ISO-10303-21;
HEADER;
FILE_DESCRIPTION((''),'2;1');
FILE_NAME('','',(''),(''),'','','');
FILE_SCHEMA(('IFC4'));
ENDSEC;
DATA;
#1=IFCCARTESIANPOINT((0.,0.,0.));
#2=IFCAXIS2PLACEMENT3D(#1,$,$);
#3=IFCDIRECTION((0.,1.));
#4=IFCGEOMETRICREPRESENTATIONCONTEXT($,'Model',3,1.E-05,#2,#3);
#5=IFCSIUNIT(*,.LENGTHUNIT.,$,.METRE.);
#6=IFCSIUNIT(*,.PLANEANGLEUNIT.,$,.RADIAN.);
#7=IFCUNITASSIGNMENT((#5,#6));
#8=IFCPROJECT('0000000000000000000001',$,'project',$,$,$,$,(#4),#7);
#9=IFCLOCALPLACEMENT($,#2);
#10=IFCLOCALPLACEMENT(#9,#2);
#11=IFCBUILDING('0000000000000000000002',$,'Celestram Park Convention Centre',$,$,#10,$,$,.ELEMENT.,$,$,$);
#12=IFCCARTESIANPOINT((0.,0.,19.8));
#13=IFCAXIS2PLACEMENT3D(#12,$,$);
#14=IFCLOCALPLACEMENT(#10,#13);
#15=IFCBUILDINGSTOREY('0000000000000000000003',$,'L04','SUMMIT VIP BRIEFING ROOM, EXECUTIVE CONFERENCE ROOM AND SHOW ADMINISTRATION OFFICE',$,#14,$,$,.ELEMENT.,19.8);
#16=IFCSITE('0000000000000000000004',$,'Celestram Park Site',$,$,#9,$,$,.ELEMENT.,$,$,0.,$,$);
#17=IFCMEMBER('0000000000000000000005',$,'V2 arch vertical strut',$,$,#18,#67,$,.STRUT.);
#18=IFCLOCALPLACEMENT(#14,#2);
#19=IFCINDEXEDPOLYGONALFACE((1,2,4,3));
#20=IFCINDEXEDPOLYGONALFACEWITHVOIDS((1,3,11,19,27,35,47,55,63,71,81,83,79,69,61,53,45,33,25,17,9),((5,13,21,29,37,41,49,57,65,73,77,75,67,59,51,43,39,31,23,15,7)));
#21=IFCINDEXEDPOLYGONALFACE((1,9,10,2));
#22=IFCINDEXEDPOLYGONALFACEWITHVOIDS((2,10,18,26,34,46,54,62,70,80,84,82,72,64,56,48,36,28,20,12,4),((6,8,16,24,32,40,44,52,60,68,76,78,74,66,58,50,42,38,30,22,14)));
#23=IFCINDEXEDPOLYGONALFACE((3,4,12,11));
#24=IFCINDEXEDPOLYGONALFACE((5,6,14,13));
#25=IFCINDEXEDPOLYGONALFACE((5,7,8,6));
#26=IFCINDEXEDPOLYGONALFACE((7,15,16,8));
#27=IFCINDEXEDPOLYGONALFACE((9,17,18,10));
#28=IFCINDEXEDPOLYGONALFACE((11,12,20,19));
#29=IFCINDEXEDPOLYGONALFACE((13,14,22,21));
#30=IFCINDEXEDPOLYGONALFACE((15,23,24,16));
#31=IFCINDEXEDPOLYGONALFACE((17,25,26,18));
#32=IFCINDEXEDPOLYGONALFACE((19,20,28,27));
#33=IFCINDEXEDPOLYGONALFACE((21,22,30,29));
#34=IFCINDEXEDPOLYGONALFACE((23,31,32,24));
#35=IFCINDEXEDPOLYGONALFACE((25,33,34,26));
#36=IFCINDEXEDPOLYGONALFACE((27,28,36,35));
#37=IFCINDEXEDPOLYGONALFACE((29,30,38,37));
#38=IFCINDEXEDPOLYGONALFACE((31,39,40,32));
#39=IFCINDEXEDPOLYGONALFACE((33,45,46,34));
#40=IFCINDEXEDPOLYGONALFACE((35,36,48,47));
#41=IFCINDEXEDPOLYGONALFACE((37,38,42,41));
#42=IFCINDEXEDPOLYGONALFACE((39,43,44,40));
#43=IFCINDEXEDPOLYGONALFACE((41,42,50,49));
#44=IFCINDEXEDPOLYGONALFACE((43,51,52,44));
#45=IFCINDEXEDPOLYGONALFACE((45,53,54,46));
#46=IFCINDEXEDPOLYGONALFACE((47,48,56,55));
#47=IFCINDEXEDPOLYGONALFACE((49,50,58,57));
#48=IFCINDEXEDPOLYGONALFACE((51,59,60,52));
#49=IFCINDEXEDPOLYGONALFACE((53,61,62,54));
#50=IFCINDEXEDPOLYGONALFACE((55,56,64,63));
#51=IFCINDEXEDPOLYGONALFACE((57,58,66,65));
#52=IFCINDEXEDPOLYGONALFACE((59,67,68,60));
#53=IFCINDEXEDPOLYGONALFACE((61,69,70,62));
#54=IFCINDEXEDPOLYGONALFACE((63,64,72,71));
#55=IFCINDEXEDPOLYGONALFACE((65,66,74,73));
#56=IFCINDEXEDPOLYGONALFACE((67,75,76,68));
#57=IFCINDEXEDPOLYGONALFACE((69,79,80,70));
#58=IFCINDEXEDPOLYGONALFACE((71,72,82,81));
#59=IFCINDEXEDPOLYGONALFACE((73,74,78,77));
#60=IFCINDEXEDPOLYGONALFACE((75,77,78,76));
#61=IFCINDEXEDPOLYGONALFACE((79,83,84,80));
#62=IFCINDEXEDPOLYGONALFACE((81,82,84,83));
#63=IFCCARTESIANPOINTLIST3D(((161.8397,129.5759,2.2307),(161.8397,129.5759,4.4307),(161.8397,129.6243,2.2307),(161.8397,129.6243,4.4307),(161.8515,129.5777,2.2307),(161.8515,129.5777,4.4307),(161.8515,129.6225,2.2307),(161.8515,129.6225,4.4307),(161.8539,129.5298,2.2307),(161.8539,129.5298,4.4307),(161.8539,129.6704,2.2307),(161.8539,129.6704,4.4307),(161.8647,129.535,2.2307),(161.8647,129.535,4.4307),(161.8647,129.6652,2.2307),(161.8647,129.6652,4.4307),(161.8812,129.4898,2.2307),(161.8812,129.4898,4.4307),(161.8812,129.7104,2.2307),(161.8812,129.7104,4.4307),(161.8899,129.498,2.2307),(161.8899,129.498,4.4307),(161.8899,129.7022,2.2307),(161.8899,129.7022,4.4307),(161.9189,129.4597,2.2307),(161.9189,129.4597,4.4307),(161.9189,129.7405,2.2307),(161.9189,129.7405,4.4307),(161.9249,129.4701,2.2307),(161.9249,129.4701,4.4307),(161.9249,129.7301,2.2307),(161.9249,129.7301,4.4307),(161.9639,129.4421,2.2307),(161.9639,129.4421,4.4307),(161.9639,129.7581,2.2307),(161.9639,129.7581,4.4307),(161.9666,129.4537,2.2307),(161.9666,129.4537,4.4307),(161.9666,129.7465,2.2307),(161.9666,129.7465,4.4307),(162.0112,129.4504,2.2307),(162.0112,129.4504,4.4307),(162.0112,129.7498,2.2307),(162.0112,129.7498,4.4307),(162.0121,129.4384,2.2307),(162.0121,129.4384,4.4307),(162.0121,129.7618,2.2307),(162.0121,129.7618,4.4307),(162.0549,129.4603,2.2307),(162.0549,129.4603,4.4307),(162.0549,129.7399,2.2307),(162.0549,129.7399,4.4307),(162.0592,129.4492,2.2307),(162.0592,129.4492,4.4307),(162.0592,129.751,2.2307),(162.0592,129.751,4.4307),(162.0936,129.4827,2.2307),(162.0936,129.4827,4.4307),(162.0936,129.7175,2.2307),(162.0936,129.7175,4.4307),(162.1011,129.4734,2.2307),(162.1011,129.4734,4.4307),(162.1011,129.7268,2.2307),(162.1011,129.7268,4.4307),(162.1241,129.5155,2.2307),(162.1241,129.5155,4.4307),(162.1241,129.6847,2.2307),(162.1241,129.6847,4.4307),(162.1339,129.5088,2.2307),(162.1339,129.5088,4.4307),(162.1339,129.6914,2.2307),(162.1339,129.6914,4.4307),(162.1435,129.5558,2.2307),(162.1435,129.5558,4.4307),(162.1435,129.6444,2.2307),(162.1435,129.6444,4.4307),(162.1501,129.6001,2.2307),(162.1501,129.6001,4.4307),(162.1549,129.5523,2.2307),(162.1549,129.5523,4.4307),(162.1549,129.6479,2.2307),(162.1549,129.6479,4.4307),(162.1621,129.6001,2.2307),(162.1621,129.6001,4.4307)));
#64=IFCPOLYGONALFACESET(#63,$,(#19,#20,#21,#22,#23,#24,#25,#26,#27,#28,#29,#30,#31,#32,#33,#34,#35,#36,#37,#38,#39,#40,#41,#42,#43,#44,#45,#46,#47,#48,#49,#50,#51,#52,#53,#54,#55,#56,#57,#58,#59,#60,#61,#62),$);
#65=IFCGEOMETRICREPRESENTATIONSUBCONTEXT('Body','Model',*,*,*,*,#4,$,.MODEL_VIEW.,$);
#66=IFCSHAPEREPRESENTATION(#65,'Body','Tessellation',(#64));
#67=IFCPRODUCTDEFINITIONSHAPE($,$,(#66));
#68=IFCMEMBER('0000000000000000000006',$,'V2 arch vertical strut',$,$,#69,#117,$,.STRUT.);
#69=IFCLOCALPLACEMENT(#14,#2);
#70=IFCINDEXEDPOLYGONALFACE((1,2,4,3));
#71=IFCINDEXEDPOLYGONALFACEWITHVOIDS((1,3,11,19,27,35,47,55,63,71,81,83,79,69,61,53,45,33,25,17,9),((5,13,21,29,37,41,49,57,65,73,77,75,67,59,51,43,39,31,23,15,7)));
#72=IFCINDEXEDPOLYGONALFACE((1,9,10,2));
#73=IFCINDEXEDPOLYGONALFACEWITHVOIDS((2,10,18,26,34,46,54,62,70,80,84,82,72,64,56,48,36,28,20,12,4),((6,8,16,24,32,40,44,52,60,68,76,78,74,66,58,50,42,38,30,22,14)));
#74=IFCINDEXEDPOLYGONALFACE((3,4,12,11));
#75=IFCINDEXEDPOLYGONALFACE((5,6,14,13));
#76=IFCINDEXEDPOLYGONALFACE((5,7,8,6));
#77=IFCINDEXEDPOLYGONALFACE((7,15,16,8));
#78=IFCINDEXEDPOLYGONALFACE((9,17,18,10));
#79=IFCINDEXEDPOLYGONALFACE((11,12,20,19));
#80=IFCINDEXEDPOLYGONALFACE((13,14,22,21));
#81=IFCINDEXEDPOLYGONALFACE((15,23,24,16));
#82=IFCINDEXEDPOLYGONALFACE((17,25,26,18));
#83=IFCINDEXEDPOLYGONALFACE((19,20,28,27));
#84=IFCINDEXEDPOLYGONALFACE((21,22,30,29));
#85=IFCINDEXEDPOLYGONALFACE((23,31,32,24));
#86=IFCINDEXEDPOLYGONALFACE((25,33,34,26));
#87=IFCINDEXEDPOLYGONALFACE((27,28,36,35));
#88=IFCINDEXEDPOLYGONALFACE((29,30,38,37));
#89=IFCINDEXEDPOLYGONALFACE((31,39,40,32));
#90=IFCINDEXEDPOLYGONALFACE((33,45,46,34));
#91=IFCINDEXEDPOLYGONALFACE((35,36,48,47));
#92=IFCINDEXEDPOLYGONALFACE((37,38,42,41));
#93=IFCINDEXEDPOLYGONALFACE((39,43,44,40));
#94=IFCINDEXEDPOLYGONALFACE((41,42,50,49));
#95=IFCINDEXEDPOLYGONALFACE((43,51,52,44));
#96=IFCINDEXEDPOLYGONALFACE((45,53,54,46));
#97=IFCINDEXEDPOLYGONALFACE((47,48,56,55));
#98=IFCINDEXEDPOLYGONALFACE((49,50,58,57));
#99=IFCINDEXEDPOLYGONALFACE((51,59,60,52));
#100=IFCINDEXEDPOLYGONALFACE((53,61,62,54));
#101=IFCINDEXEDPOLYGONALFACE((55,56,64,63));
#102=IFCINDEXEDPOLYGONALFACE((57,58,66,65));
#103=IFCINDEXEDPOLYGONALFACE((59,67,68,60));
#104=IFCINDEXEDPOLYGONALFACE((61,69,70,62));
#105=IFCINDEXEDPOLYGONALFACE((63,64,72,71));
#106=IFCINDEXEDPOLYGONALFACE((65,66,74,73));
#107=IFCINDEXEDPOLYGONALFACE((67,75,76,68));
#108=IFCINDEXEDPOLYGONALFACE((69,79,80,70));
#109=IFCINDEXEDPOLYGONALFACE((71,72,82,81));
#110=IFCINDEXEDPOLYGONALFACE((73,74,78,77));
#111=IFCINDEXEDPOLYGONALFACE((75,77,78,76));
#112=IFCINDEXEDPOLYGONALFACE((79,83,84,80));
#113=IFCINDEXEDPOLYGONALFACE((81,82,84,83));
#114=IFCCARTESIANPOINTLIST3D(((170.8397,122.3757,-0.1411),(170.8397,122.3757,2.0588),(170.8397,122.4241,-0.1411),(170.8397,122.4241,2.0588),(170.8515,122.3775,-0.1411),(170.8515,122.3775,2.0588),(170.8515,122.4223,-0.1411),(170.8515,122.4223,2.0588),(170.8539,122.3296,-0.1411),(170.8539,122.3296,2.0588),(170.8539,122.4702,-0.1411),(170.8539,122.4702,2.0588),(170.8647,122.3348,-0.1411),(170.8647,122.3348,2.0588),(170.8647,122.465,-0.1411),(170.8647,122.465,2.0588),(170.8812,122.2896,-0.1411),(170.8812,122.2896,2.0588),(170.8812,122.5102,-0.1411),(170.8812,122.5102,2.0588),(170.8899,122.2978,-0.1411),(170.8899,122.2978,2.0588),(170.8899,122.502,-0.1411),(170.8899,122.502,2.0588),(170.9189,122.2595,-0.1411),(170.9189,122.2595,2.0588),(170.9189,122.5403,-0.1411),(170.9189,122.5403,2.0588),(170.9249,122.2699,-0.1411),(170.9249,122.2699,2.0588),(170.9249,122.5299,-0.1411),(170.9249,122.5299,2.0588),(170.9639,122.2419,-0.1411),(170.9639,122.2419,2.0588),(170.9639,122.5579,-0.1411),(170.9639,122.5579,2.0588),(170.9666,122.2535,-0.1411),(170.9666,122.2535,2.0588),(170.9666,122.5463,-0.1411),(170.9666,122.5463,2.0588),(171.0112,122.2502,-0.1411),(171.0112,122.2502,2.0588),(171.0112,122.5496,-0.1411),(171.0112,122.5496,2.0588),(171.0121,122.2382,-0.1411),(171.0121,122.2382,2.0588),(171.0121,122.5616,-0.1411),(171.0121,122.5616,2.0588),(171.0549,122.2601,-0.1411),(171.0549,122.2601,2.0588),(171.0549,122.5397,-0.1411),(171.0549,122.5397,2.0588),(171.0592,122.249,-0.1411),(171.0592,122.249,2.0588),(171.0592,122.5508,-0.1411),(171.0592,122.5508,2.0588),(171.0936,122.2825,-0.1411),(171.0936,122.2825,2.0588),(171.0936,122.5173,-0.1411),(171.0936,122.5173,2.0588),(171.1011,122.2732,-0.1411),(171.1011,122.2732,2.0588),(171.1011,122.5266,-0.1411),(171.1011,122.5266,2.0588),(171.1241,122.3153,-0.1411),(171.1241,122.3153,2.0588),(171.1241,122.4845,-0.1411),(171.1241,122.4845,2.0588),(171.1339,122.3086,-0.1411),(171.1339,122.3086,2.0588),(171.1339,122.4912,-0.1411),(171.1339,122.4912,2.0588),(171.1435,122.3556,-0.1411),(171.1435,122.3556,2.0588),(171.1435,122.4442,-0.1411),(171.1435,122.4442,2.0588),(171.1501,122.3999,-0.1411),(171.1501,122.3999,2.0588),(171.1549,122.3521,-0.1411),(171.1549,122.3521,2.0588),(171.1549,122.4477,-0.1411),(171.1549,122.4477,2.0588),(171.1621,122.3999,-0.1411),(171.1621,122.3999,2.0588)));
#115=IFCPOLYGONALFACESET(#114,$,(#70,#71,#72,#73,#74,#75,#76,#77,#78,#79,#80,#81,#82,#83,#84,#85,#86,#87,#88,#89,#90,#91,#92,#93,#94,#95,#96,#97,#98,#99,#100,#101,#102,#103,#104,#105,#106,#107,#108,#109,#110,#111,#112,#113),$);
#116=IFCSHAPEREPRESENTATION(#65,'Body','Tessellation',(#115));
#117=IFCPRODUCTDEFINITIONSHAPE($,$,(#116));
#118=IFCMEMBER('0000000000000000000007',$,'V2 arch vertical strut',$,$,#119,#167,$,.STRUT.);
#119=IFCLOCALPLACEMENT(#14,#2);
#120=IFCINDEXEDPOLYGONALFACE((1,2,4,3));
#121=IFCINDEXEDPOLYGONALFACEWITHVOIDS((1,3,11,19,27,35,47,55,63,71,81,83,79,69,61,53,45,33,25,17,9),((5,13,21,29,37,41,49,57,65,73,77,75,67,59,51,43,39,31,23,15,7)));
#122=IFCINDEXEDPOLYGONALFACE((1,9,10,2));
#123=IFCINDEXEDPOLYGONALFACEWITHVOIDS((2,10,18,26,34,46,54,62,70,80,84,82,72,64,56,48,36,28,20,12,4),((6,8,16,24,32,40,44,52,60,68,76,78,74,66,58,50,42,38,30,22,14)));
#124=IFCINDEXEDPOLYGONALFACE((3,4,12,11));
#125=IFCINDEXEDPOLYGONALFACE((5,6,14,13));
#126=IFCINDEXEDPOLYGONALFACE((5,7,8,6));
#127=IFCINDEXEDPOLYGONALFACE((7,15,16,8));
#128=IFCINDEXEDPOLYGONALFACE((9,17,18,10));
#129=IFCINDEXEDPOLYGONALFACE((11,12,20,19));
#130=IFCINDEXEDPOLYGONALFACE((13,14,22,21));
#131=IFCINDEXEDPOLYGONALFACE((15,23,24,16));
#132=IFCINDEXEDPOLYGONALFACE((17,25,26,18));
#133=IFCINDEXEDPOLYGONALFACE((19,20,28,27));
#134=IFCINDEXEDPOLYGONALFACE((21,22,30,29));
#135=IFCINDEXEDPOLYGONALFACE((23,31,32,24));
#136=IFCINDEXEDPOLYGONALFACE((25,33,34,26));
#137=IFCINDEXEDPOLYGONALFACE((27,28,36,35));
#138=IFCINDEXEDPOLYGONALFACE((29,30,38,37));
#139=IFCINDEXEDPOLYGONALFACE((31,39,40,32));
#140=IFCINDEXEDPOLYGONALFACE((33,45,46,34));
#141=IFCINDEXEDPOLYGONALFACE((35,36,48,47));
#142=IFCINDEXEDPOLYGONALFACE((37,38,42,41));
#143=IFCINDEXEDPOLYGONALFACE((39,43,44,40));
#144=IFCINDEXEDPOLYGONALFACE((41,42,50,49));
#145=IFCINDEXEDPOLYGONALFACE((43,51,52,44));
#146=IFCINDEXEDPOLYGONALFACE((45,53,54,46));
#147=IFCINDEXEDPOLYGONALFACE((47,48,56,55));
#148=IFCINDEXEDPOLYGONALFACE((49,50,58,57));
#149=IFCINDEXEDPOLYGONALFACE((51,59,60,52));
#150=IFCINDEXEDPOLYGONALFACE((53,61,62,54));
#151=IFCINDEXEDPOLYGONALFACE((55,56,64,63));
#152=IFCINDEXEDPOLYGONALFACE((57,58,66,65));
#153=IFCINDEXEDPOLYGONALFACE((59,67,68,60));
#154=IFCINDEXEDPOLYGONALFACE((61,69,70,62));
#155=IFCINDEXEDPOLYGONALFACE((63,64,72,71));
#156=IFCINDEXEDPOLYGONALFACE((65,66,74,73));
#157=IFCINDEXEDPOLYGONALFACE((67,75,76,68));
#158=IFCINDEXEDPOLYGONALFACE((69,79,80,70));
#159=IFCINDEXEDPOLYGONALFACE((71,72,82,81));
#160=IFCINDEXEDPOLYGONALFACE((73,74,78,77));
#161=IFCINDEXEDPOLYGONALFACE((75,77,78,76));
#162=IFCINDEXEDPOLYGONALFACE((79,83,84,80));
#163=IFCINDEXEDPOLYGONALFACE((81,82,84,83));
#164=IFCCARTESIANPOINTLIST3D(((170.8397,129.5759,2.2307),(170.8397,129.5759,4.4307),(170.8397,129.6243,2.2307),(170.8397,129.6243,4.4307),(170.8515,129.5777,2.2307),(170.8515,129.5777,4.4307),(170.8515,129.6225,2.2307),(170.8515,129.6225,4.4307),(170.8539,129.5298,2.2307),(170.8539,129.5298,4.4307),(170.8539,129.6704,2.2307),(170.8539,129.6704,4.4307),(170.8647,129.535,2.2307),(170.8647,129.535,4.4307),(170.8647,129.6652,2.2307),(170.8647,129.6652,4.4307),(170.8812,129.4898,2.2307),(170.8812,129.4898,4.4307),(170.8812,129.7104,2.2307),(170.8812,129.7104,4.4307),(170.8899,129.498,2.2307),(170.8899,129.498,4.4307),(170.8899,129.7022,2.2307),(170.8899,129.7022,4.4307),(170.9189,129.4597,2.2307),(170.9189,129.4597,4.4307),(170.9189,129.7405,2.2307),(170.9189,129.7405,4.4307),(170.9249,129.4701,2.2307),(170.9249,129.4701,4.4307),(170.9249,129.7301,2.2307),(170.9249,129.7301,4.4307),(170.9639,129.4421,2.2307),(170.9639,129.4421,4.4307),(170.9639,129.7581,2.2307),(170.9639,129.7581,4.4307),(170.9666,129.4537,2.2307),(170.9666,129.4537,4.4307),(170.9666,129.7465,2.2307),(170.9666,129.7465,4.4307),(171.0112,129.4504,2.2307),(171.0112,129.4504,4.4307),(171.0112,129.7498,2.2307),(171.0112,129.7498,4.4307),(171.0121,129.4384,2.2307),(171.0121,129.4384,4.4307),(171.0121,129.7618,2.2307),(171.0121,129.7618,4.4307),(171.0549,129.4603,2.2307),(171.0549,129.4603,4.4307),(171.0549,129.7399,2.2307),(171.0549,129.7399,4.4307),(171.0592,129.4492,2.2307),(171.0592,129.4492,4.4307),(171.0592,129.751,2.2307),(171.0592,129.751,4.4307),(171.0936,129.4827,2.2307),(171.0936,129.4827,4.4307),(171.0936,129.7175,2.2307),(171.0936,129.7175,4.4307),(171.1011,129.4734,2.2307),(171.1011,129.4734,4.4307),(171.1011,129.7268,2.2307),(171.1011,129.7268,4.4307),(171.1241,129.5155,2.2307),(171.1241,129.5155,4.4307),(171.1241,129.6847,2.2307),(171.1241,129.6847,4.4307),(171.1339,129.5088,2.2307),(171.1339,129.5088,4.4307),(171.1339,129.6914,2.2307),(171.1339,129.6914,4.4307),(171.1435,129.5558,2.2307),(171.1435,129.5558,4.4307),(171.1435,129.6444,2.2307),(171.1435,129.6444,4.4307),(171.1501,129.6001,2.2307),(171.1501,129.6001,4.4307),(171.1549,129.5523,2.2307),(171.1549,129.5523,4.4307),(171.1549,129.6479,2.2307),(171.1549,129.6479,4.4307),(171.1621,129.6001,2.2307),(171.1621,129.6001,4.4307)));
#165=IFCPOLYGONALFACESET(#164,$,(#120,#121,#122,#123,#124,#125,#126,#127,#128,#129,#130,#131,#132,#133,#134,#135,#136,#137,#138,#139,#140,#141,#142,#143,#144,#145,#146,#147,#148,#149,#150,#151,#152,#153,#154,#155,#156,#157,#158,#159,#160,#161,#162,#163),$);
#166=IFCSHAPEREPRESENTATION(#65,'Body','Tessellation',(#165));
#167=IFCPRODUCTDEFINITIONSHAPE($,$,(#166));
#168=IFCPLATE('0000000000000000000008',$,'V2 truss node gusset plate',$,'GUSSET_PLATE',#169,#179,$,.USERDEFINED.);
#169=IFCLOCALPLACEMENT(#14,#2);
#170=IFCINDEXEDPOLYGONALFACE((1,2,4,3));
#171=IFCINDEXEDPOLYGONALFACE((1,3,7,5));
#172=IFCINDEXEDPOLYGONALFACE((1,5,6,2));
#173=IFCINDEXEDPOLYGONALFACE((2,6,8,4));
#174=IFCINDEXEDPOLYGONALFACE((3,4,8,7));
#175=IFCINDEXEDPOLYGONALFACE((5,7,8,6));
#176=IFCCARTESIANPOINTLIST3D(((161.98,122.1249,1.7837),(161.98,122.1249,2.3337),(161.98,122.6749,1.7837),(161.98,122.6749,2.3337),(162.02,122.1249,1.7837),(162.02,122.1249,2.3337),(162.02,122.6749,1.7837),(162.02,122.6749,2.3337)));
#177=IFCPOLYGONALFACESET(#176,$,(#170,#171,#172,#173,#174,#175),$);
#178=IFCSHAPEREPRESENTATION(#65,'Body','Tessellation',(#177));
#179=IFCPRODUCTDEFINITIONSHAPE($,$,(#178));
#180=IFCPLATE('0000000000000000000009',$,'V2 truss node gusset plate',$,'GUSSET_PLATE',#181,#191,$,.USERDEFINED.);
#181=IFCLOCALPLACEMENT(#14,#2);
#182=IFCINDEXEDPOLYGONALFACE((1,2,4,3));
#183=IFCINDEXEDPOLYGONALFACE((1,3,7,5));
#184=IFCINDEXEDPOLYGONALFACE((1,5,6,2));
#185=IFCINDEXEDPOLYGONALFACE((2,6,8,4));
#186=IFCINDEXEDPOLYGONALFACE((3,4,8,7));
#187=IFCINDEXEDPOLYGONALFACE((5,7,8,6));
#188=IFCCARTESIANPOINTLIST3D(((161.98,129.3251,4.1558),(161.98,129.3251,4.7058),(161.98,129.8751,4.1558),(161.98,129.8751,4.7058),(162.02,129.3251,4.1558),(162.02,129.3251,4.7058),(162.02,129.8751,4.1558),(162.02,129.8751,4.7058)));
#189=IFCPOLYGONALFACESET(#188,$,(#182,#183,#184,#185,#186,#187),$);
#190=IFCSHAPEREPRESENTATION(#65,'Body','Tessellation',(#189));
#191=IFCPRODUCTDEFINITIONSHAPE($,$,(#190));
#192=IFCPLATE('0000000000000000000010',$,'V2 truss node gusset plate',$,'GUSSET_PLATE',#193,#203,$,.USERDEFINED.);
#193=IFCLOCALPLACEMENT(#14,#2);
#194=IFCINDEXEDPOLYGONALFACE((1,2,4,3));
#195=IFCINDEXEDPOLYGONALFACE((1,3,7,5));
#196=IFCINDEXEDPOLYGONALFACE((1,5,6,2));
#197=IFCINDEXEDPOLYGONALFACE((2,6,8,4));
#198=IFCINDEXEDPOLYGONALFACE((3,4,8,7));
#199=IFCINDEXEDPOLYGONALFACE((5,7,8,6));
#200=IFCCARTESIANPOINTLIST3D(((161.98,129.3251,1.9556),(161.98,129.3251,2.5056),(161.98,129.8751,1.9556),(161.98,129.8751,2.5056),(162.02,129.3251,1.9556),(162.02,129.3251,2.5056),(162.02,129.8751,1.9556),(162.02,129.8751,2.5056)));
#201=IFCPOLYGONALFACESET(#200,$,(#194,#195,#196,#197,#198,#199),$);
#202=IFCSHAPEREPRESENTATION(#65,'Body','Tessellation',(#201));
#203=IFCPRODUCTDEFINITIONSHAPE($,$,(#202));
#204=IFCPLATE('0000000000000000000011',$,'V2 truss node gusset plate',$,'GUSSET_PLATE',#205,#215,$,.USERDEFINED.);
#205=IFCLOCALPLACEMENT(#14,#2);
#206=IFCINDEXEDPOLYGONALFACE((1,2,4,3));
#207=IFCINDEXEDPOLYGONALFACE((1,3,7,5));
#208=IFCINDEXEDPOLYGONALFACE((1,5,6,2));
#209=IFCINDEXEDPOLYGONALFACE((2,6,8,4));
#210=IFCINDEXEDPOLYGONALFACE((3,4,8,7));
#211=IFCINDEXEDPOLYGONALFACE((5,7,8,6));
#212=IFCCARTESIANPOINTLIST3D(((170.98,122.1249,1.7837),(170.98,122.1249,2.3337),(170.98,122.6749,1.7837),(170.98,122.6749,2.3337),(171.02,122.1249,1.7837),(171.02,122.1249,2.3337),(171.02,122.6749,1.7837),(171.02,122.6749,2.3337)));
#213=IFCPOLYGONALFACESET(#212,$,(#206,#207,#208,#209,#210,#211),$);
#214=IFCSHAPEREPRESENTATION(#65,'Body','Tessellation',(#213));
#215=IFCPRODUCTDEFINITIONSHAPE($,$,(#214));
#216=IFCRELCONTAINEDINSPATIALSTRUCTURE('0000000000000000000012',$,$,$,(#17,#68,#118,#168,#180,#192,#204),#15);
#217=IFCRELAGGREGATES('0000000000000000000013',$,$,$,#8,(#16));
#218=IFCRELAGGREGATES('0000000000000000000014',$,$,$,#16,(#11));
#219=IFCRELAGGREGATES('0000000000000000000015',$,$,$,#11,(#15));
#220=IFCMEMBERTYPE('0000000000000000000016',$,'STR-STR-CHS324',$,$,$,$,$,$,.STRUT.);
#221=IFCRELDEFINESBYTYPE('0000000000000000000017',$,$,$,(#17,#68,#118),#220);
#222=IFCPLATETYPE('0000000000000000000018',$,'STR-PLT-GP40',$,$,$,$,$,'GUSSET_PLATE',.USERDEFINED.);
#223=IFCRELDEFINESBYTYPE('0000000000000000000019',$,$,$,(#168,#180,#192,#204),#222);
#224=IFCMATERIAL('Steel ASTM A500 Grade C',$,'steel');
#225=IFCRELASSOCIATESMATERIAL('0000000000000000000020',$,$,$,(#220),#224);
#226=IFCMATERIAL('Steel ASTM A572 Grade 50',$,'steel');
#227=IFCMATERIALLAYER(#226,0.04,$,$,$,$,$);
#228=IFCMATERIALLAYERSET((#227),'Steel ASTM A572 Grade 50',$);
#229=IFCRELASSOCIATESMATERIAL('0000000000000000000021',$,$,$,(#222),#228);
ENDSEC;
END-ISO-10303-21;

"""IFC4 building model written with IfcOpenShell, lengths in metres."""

from ifc_helpers import new_model, si_unit, direction, frame, origin, origin_2d, place, context, subcontext, project, spatial, rectangle, hollow_circle, extrude, material, layer, layer_set, material_profile, profile_set, type_object, element, save


model = new_model("IFC4")

# Units and contexts
model_context = context("Model", 3, precision=1e-05, world=origin(), true_north=direction((0.0, 1.0)))
body_context = subcontext(model_context, "Body", "Model", "MODEL_VIEW")
ifc_project = project(units=[si_unit("LENGTHUNIT", "METRE"), si_unit("PLANEANGLEUNIT", "RADIAN")], contexts=[model_context])

# Site, building, storey
site_placement = place(None, origin())
site = spatial("IfcSite", under=ifc_project, at=site_placement, Name="Celestram Park Site", CompositionType="ELEMENT", RefElevation=0.0)
building_placement = place(site_placement, origin())
building = spatial("IfcBuilding", under=site, at=building_placement, Name="Celestram Park Convention Centre", CompositionType="ELEMENT")
storey_placement = place(building_placement, frame((0.0, 0.0, 19.8)))
storey = spatial("IfcBuildingStorey", under=building, at=storey_placement, Name="L04", Description="SUMMIT VIP BRIEFING ROOM, EXECUTIVE CONFERENCE ROOM AND SHOW ADMINISTRATION OFFICE", CompositionType="ELEMENT", Elevation=19.8)

# Members
ifc_material_1 = material(Name="Steel ASTM A500 Grade C", Category="steel")
ifc_material_profile_1 = material_profile(ifc_material_1, hollow_circle(Radius=0.1621, WallThickness=0.012, at=origin_2d()), Name="CHS324X12")
ifc_profile_set_1 = profile_set([ifc_material_profile_1], Name="Steel ASTM A500 Grade C")
member_type_1 = type_object("IfcMemberType", Name="STR-STR-CHS324", PredefinedType="STRUT", material=ifc_profile_set_1)
for number, where, z_axis, x_axis, name in (
    (1, (162.0, 129.6001, 2.2307), (0.0, 0.0, 1.0), (1.0, 0.0, 0.0), "V2 arch vertical strut"),
    (2, (171.0, 122.3999, -0.1411), (0.0, 0.0, 1.0), (1.0, 0.0, 0.0), "V2 arch vertical strut"),
    (3, (171.0, 129.6001, 2.2307), (0.0, 0.0, 1.0), (1.0, 0.0, 0.0), "V2 arch vertical strut"),
):
    element("IfcMember", number, at=place(storey_placement, frame(where, z_axis=z_axis, x_axis=x_axis)), inside=storey, type_object=member_type_1, Name=name, PredefinedType="STRUT", context=body_context, shape_type="SweptSolid", body=[
        extrude(hollow_circle(Radius=0.1621, WallThickness=0.012, at=origin_2d()), origin(), (0.0, 0.0, 1.0), 2.2),
    ])

# Plates
ifc_material_2 = material(Name="Steel ASTM A572 Grade 50", Category="steel")
ifc_layer_1 = layer(ifc_material_2, 0.04)
ifc_layer_set_1 = layer_set([ifc_layer_1], Name="Steel ASTM A572 Grade 50")
plate_type = type_object("IfcPlateType", Name="STR-PLT-GP40", ElementType="GUSSET_PLATE", PredefinedType="USERDEFINED", material=ifc_layer_set_1)
for number, where, z_axis, x_axis, name in (
    (4, (162.0, 122.3999, 1.7837), (0.0, 0.0, 1.0), (0.0, 1.0, 0.0), "V2 truss node gusset plate"),
    (5, (162.0, 129.6001, 4.1558), (0.0, 0.0, 1.0), (0.0, 1.0, 0.0), "V2 truss node gusset plate"),
    (6, (162.0, 129.6001, 1.9556), (0.0, 0.0, 1.0), (0.0, 1.0, 0.0), "V2 truss node gusset plate"),
    (7, (171.0, 122.3999, 1.7837), (0.0, 0.0, 1.0), (0.0, 1.0, 0.0), "V2 truss node gusset plate"),
):
    element("IfcPlate", number, at=place(storey_placement, frame(where, z_axis=z_axis, x_axis=x_axis)), inside=storey, type_object=plate_type, Name=name, ObjectType="GUSSET_PLATE", PredefinedType="USERDEFINED", context=body_context, shape_type="SweptSolid", body=[
        extrude(rectangle(XDim=0.55, YDim=0.04, at=origin_2d()), origin(), (0.0, 0.0, 1.0), 0.55),
    ])

save(model, "model.ifc")
